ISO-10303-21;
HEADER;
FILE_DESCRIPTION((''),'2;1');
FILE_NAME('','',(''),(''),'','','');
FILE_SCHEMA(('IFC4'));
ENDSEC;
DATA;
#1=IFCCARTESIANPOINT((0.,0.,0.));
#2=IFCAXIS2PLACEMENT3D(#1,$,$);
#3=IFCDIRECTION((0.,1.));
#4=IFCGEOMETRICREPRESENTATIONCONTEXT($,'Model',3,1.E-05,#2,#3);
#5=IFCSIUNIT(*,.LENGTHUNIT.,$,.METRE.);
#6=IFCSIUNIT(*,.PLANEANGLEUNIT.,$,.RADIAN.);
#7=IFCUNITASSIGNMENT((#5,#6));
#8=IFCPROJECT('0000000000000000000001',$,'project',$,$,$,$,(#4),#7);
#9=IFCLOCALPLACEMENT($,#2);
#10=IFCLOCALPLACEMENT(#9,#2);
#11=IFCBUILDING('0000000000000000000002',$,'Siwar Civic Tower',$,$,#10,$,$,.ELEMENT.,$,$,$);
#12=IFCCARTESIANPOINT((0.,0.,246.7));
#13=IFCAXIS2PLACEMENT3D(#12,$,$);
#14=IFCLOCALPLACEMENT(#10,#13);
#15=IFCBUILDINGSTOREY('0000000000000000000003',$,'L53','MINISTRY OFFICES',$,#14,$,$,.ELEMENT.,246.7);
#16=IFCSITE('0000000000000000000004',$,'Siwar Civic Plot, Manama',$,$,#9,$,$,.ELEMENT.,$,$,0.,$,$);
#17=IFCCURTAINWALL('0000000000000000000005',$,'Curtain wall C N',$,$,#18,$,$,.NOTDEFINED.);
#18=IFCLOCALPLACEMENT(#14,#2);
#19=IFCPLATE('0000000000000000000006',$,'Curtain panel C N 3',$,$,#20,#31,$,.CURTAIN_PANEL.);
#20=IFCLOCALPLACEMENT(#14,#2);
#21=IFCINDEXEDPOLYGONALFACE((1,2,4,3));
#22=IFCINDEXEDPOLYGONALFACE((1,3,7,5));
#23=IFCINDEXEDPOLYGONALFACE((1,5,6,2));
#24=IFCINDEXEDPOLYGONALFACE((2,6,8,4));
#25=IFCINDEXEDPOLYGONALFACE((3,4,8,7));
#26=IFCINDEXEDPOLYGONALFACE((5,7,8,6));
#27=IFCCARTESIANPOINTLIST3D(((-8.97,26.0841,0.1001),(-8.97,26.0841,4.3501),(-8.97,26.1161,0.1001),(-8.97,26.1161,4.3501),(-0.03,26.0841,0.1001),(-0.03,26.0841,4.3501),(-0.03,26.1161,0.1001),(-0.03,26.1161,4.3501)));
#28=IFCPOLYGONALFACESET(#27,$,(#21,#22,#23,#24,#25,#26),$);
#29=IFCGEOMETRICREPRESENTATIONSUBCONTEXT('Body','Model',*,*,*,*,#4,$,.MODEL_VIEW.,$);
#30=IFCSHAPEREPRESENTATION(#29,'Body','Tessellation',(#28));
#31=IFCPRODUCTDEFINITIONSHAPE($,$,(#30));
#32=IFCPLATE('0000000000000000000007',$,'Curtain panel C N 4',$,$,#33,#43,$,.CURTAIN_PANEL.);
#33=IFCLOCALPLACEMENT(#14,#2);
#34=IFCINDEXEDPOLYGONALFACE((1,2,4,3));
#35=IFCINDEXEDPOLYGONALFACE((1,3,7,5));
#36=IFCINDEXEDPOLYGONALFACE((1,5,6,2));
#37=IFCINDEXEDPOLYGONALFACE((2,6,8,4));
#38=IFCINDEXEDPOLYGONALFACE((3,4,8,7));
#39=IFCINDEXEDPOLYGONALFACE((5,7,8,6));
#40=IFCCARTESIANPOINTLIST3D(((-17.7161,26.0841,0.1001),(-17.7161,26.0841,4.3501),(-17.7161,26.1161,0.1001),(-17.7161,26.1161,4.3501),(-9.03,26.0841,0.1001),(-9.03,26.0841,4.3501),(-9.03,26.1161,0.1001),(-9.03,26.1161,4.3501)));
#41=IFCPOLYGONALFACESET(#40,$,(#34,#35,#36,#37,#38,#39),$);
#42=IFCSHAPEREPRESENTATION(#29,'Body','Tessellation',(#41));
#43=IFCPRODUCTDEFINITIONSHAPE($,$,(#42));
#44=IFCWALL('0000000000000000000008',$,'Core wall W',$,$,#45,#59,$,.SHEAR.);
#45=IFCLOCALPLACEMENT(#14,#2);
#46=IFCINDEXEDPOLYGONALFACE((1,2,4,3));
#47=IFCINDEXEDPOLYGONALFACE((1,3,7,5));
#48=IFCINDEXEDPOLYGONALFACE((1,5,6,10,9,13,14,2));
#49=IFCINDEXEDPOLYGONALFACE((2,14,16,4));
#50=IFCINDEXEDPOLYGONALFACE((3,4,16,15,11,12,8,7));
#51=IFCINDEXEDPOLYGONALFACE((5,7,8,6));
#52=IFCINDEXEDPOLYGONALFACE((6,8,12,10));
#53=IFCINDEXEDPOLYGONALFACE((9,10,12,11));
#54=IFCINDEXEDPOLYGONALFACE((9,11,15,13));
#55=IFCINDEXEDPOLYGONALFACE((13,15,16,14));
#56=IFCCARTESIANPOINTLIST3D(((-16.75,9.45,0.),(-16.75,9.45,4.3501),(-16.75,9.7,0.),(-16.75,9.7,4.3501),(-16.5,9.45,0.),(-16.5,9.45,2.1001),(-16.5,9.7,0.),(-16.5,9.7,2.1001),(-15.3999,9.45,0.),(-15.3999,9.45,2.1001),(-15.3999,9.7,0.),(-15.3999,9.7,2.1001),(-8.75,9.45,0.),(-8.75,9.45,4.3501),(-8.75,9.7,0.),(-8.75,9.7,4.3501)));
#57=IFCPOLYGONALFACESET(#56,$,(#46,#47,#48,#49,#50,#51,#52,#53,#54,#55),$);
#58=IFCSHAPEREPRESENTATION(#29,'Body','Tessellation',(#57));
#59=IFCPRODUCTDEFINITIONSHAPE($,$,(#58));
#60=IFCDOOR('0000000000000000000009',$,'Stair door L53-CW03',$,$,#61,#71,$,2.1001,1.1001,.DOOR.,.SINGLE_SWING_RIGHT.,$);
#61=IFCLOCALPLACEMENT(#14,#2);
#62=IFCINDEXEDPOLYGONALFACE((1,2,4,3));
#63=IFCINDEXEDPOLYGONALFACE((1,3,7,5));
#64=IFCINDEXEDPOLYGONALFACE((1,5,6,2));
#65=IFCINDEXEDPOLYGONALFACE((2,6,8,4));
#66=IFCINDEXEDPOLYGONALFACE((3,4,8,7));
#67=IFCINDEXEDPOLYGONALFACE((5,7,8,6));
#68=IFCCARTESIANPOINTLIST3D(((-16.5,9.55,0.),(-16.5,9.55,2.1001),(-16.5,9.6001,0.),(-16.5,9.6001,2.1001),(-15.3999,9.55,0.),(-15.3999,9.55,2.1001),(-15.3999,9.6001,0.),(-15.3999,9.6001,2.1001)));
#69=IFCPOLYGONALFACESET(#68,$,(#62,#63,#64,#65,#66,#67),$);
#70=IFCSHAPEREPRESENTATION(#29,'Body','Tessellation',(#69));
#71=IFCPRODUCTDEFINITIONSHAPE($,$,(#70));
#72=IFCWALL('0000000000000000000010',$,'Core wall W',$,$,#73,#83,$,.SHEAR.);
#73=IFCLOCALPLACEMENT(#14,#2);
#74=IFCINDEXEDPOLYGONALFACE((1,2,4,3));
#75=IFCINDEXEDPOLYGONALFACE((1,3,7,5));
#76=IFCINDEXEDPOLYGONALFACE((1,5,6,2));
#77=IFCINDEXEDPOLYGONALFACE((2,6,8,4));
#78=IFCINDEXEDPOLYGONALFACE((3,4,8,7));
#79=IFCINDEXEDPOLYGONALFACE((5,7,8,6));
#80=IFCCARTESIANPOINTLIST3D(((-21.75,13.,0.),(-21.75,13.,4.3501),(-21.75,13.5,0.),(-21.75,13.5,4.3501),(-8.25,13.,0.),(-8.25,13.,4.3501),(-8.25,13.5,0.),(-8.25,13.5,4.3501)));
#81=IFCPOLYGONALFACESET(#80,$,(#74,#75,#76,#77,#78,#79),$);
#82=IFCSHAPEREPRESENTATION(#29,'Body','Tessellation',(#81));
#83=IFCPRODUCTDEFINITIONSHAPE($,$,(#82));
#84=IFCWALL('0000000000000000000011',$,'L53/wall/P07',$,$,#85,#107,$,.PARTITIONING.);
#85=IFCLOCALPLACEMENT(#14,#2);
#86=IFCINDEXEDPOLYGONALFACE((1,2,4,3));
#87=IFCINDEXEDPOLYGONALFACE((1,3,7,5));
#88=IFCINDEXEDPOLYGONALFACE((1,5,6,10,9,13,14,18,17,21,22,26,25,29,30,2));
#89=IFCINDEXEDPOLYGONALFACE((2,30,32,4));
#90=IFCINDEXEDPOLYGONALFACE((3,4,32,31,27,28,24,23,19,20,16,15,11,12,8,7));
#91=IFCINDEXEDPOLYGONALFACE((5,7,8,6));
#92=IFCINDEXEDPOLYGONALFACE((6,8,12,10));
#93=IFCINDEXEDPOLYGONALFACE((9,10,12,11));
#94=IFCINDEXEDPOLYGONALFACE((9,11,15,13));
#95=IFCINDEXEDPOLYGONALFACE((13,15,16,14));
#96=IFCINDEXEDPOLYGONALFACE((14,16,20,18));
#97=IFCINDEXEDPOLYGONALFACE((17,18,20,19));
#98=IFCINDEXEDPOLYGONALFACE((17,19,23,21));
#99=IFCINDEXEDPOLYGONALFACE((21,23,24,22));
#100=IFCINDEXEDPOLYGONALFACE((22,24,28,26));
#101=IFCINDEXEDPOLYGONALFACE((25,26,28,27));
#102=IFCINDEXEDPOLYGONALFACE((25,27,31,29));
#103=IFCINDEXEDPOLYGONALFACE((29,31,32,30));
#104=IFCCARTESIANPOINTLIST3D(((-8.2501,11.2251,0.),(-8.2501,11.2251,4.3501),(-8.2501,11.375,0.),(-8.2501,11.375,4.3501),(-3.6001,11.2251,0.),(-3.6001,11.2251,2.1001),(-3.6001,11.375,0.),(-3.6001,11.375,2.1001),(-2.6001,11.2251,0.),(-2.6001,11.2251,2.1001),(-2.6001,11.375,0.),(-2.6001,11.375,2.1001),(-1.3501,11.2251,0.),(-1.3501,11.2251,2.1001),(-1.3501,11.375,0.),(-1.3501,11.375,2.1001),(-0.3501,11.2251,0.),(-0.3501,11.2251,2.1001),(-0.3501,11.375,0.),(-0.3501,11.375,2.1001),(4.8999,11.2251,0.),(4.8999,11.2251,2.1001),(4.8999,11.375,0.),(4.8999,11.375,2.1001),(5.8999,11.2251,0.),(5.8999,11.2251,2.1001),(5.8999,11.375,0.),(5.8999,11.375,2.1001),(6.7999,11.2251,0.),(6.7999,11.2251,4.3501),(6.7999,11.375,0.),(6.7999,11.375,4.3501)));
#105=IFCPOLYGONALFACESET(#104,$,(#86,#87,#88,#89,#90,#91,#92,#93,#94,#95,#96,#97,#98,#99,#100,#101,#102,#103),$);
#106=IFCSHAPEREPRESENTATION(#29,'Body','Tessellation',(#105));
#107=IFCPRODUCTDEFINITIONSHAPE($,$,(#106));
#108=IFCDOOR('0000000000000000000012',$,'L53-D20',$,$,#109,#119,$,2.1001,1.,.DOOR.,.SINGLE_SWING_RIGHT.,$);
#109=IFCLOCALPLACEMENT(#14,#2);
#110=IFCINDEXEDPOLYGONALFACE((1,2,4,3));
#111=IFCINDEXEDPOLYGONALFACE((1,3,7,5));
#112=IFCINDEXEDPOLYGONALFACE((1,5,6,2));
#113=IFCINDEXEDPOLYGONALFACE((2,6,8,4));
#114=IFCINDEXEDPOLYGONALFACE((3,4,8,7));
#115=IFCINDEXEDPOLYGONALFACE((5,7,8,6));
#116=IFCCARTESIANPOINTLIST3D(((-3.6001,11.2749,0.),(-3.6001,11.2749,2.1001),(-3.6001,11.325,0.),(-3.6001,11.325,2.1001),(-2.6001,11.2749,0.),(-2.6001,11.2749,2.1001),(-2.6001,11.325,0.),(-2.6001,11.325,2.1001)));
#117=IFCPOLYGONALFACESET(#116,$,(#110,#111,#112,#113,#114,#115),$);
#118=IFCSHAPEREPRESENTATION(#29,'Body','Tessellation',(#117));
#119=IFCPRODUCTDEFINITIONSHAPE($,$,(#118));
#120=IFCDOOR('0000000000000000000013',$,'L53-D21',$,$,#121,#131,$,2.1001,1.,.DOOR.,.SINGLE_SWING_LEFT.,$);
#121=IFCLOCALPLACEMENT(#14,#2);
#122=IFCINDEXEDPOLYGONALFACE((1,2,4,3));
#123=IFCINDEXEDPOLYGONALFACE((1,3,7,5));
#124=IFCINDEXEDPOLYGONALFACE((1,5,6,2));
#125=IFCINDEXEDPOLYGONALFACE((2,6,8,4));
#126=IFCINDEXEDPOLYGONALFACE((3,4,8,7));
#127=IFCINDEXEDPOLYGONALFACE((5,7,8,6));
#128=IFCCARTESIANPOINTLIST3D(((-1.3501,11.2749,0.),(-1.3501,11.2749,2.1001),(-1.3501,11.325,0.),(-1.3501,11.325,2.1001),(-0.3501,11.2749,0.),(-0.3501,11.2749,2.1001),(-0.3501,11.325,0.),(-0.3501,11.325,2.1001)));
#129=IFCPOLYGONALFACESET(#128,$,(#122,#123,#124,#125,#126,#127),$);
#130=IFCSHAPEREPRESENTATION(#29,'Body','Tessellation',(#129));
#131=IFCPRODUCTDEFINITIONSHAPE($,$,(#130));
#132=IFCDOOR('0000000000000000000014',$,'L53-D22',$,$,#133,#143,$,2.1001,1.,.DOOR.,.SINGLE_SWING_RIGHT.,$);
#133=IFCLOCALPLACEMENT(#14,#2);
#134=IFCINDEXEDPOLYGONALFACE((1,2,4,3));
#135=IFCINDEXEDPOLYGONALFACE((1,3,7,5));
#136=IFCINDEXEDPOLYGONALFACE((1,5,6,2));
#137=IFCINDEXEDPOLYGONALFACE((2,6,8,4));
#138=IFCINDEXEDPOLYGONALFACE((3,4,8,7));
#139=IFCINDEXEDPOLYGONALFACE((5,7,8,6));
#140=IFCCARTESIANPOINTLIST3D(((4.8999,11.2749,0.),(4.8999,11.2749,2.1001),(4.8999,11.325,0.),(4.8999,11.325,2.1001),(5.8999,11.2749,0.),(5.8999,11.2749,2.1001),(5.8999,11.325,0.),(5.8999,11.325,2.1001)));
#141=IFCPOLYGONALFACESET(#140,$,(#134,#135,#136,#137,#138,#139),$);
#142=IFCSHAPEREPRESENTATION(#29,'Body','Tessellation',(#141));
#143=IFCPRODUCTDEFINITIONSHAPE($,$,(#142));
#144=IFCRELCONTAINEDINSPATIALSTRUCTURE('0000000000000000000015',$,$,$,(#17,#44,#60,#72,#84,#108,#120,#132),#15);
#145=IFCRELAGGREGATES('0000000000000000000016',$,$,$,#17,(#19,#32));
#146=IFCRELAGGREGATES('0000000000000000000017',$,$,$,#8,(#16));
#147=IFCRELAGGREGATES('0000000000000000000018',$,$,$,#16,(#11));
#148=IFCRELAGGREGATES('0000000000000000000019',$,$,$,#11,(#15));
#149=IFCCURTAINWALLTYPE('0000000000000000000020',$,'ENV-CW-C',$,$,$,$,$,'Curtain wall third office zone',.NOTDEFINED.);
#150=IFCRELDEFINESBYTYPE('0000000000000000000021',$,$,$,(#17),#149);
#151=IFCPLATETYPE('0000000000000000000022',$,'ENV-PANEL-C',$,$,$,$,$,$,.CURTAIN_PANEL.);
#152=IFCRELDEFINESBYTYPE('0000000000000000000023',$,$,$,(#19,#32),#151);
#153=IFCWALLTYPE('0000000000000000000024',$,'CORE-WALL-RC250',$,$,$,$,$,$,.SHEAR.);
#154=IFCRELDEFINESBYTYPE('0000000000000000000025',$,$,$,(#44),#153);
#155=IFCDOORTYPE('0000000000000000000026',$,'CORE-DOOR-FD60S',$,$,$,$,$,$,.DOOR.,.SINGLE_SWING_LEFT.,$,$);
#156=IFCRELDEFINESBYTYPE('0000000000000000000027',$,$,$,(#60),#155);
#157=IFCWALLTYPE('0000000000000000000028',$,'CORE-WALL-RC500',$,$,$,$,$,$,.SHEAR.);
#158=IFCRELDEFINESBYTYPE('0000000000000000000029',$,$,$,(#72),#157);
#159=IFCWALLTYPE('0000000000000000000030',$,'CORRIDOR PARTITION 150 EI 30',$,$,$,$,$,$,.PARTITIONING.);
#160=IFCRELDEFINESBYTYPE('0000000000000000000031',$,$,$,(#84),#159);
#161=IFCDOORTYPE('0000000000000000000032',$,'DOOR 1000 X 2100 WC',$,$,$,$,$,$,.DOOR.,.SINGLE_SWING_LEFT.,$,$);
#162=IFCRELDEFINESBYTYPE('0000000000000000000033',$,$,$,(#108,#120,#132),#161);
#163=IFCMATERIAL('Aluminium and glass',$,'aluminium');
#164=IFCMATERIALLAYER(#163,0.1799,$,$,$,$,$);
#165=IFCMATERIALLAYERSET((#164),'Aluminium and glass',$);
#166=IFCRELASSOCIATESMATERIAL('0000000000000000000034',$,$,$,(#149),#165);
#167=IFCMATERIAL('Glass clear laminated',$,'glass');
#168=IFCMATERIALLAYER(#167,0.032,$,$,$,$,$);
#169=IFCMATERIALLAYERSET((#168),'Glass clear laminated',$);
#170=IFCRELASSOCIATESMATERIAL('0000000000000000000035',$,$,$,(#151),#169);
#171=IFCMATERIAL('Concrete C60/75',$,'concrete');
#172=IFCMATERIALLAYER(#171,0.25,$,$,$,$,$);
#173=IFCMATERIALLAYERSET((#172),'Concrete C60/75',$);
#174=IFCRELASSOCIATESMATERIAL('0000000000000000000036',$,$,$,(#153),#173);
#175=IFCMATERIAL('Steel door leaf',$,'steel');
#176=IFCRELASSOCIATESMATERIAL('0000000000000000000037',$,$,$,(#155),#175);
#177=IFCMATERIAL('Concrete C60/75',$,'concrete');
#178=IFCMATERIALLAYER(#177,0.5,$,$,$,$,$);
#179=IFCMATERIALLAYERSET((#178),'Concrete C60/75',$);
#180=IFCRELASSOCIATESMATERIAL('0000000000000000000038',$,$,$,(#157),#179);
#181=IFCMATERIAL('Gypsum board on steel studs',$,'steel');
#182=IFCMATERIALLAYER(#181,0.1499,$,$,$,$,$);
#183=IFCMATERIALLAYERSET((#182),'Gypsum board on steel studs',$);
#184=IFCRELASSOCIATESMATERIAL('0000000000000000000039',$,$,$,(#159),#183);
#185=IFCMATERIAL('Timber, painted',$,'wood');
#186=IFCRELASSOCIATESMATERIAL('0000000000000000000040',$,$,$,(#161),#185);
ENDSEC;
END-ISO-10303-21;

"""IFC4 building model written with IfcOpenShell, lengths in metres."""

from ifc_helpers import new_model, si_unit, direction, frame, frame_2d, origin, origin_2d, place, context, subcontext, project, spatial, rectangle, extrude, material, layer, layer_set, type_object, element, fill, aggregate, save


model = new_model("IFC4")

# Units and contexts
model_context = context("Model", 3, precision=1e-05, world=origin(), true_north=direction((0.0, 1.0)))
body_context = subcontext(model_context, "Body", "Model", "MODEL_VIEW")
ifc_project = project(units=[si_unit("LENGTHUNIT", "METRE"), si_unit("PLANEANGLEUNIT", "RADIAN")], contexts=[model_context])

# Site, building, storey
site_placement = place(None, origin())
site = spatial("IfcSite", under=ifc_project, at=site_placement, Name="Siwar Civic Plot, Manama", CompositionType="ELEMENT", RefElevation=0.0)
building_placement = place(site_placement, origin())
building = spatial("IfcBuilding", under=site, at=building_placement, Name="Siwar Civic Tower", CompositionType="ELEMENT")
storey_placement = place(building_placement, frame((0.0, 0.0, 246.7)))
storey = spatial("IfcBuildingStorey", under=building, at=storey_placement, Name="L53", Description="MINISTRY OFFICES", CompositionType="ELEMENT", Elevation=246.7)

# Curtain wall
ifc_material_1 = material(Name="Aluminium and glass", Category="aluminium")
ifc_layer_1 = layer(ifc_material_1, 0.1799)
ifc_layer_set_1 = layer_set([ifc_layer_1], Name="Aluminium and glass")
curtain_wall_type_1 = type_object("IfcCurtainWallType", Name="ENV-CW-C", ElementType="Curtain wall third office zone", PredefinedType="NOTDEFINED", material=ifc_layer_set_1)
curtain_wall_1_placement = place(storey_placement, origin())
curtain_wall_1 = element("IfcCurtainWall", 1, at=curtain_wall_1_placement, inside=storey, type_object=curtain_wall_type_1, Name="Curtain wall C N", PredefinedType="NOTDEFINED")

# Plates
ifc_material_2 = material(Name="Glass clear laminated", Category="glass")
ifc_layer_2 = layer(ifc_material_2, 0.032)
ifc_layer_set_2 = layer_set([ifc_layer_2], Name="Glass clear laminated")
plate_type = type_object("IfcPlateType", Name="ENV-PANEL-C", PredefinedType="CURTAIN_PANEL", material=ifc_layer_set_2)
plate_1_placement = place(storey_placement, frame((-4.5, 26.1001, 0.1001), z_axis=(0.0, 0.0, 1.0), x_axis=(-1.0, 0.0, 0.0)))
plate_1 = element("IfcPlate", 2, at=plate_1_placement, type_object=plate_type, Name="Curtain panel C N 3", PredefinedType="CURTAIN_PANEL", context=body_context, shape_type="SweptSolid", body=[
    extrude(rectangle(XDim=8.9399, YDim=0.032, at=origin_2d()), origin(), (0.0, 0.0, 1.0), 4.25),
])
plate_2_placement = place(storey_placement, frame((-13.373, 26.1001, 0.1001), z_axis=(0.0, 0.0, 1.0), x_axis=(-1.0, 0.0, 0.0)))
plate_2 = element("IfcPlate", 3, at=plate_2_placement, type_object=plate_type, Name="Curtain panel C N 4", PredefinedType="CURTAIN_PANEL", context=body_context, shape_type="SweptSolid", body=[
    extrude(rectangle(XDim=8.686, YDim=0.032, at=origin_2d()), origin(), (0.0, 0.0, 1.0), 4.25),
])
aggregate(curtain_wall_1, [plate_1, plate_2])

# Wall, opening, door
ifc_material_3 = material(Name="Concrete C60/75", Category="concrete")
ifc_layer_3 = layer(ifc_material_3, 0.25)
ifc_layer_set_3 = layer_set([ifc_layer_3], Name="Concrete C60/75")
wall_type_1 = type_object("IfcWallType", Name="CORE-WALL-RC250", PredefinedType="SHEAR", material=ifc_layer_set_3)
wall_1_placement = place(storey_placement, frame((-8.75, 9.575, 0.0), z_axis=(0.0, 0.0, 1.0), x_axis=(-1.0, 0.0, 0.0)))
wall_1 = element("IfcWall", 4, at=wall_1_placement, inside=storey, type_object=wall_type_1, Name="Core wall W", PredefinedType="SHEAR", context=body_context, shape_type="SweptSolid", body=[
    extrude(rectangle(XDim=8.0, YDim=0.25, at=frame_2d((4.0, 0.0))), origin(), (0.0, 0.0, 1.0), 4.3501),
])
opening_1_placement = place(wall_1_placement, frame((6.6499, 0.0, 0.0)))
opening_1 = element("IfcOpeningElement", 5, at=opening_1_placement, cuts=wall_1, PredefinedType="OPENING", context=body_context, shape_type="SweptSolid", body=[
    extrude(rectangle(XDim=1.1001, YDim=2.1001, at=frame_2d((0.55, 1.05))), frame((0.0, 0.135, 0.0), z_axis=(0.0, -1.0, 0.0), x_axis=(1.0, 0.0, 0.0)), (0.0, 0.0, 1.0), 0.27),
])
ifc_material_4 = material(Name="Steel door leaf", Category="steel")
door_type_1 = type_object("IfcDoorType", Name="CORE-DOOR-FD60S", OperationType="SINGLE_SWING_LEFT", PredefinedType="DOOR", material=ifc_material_4)
door_1_placement = place(opening_1_placement, origin())
door_1 = element("IfcDoor", 6, at=door_1_placement, inside=storey, type_object=door_type_1, Name="Stair door L53-CW03", OperationType="SINGLE_SWING_RIGHT", OverallHeight=2.1001, OverallWidth=1.1001, PredefinedType="DOOR", context=body_context, shape_type="SweptSolid", body=[
    extrude(rectangle(XDim=1.1001, YDim=2.1001, at=frame_2d((0.55, 1.05))), frame((0.0, 0.0249, 0.0), z_axis=(0.0, -1.0, 0.0), x_axis=(1.0, 0.0, 0.0)), (0.0, 0.0, 1.0), 0.05),
])
fill(opening_1, door_1)

# Wall
ifc_material_5 = material(Name="Concrete C60/75", Category="concrete")
ifc_layer_4 = layer(ifc_material_5, 0.5)
ifc_layer_set_4 = layer_set([ifc_layer_4], Name="Concrete C60/75")
wall_type_2 = type_object("IfcWallType", Name="CORE-WALL-RC500", PredefinedType="SHEAR", material=ifc_layer_set_4)
wall_2_placement = place(storey_placement, frame((-8.25, 13.25, 0.0), z_axis=(0.0, 0.0, 1.0), x_axis=(-1.0, 0.0, 0.0)))
element("IfcWall", 7, at=wall_2_placement, inside=storey, type_object=wall_type_2, Name="Core wall W", PredefinedType="SHEAR", context=body_context, shape_type="SweptSolid", body=[
    extrude(rectangle(XDim=13.5, YDim=0.5, at=frame_2d((6.75, 0.0))), origin(), (0.0, 0.0, 1.0), 4.3501),
])

# Wall, openings, doors
ifc_material_6 = material(Name="Gypsum board on steel studs", Category="steel")
ifc_layer_5 = layer(ifc_material_6, 0.1499)
ifc_layer_set_5 = layer_set([ifc_layer_5], Name="Gypsum board on steel studs")
wall_type_3 = type_object("IfcWallType", Name="CORRIDOR PARTITION 150 EI 30", PredefinedType="PARTITIONING", material=ifc_layer_set_5)
wall_3_placement = place(storey_placement, frame((-8.25, 11.3, 0.0), z_axis=(0.0, 0.0, 1.0), x_axis=(1.0, 0.0, 0.0)))
wall_3 = element("IfcWall", 8, at=wall_3_placement, inside=storey, type_object=wall_type_3, Name="L53/wall/P07", PredefinedType="PARTITIONING", context=body_context, shape_type="SweptSolid", body=[
    extrude(rectangle(XDim=15.05, YDim=0.1499, at=frame_2d((7.5249, 0.0))), origin(), (0.0, 0.0, 1.0), 4.3501),
])
opening_2_placement = place(wall_3_placement, frame((4.6499, 0.0, 0.0)))
opening_2 = element("IfcOpeningElement", 9, at=opening_2_placement, cuts=wall_3, PredefinedType="OPENING", context=body_context, shape_type="SweptSolid", body=[
    extrude(rectangle(XDim=1.0, YDim=2.1001, at=frame_2d((0.5, 1.05))), frame((0.0, 0.085, 0.0), z_axis=(0.0, -1.0, 0.0), x_axis=(1.0, 0.0, 0.0)), (0.0, 0.0, 1.0), 0.1699),
])
opening_3_placement = place(wall_3_placement, frame((6.8999, 0.0, 0.0)))
opening_3 = element("IfcOpeningElement", 10, at=opening_3_placement, cuts=wall_3, PredefinedType="OPENING", context=body_context, shape_type="SweptSolid", body=[
    extrude(rectangle(XDim=1.0, YDim=2.1001, at=frame_2d((0.5, 1.05))), frame((0.0, 0.085, 0.0), z_axis=(0.0, -1.0, 0.0), x_axis=(1.0, 0.0, 0.0)), (0.0, 0.0, 1.0), 0.1699),
])
opening_4_placement = place(wall_3_placement, frame((13.1499, 0.0, 0.0)))
opening_4 = element("IfcOpeningElement", 11, at=opening_4_placement, cuts=wall_3, PredefinedType="OPENING", context=body_context, shape_type="SweptSolid", body=[
    extrude(rectangle(XDim=1.0, YDim=2.1001, at=frame_2d((0.5, 1.05))), frame((0.0, 0.085, 0.0), z_axis=(0.0, -1.0, 0.0), x_axis=(1.0, 0.0, 0.0)), (0.0, 0.0, 1.0), 0.1699),
])
ifc_material_7 = material(Name="Timber, painted", Category="wood")
door_type_2 = type_object("IfcDoorType", Name="DOOR 1000 X 2100 WC", OperationType="SINGLE_SWING_LEFT", PredefinedType="DOOR", material=ifc_material_7)
door_2_placement = place(opening_2_placement, origin())
door_2 = element("IfcDoor", 12, at=door_2_placement, inside=storey, type_object=door_type_2, Name="L53-D20", OperationType="SINGLE_SWING_RIGHT", OverallHeight=2.1001, OverallWidth=1.0, PredefinedType="DOOR", context=body_context, shape_type="SweptSolid", body=[
    extrude(rectangle(XDim=1.0, YDim=2.1001, at=frame_2d((0.5, 1.05))), frame((0.0, 0.0249, 0.0), z_axis=(0.0, -1.0, 0.0), x_axis=(1.0, 0.0, 0.0)), (0.0, 0.0, 1.0), 0.05),
])
fill(opening_2, door_2)
door_3_placement = place(opening_3_placement, origin())
door_3 = element("IfcDoor", 13, at=door_3_placement, inside=storey, type_object=door_type_2, Name="L53-D21", OperationType="SINGLE_SWING_LEFT", OverallHeight=2.1001, OverallWidth=1.0, PredefinedType="DOOR", context=body_context, shape_type="SweptSolid", body=[
    extrude(rectangle(XDim=1.0, YDim=2.1001, at=frame_2d((0.5, 1.05))), frame((0.0, 0.0249, 0.0), z_axis=(0.0, -1.0, 0.0), x_axis=(1.0, 0.0, 0.0)), (0.0, 0.0, 1.0), 0.05),
])
fill(opening_3, door_3)
door_4_placement = place(opening_4_placement, origin())
door_4 = element("IfcDoor", 14, at=door_4_placement, inside=storey, type_object=door_type_2, Name="L53-D22", OperationType="SINGLE_SWING_RIGHT", OverallHeight=2.1001, OverallWidth=1.0, PredefinedType="DOOR", context=body_context, shape_type="SweptSolid", body=[
    extrude(rectangle(XDim=1.0, YDim=2.1001, at=frame_2d((0.5, 1.05))), frame((0.0, 0.0249, 0.0), z_axis=(0.0, -1.0, 0.0), x_axis=(1.0, 0.0, 0.0)), (0.0, 0.0, 1.0), 0.05),
])
fill(opening_4, door_4)

save(model, "model.ifc")
